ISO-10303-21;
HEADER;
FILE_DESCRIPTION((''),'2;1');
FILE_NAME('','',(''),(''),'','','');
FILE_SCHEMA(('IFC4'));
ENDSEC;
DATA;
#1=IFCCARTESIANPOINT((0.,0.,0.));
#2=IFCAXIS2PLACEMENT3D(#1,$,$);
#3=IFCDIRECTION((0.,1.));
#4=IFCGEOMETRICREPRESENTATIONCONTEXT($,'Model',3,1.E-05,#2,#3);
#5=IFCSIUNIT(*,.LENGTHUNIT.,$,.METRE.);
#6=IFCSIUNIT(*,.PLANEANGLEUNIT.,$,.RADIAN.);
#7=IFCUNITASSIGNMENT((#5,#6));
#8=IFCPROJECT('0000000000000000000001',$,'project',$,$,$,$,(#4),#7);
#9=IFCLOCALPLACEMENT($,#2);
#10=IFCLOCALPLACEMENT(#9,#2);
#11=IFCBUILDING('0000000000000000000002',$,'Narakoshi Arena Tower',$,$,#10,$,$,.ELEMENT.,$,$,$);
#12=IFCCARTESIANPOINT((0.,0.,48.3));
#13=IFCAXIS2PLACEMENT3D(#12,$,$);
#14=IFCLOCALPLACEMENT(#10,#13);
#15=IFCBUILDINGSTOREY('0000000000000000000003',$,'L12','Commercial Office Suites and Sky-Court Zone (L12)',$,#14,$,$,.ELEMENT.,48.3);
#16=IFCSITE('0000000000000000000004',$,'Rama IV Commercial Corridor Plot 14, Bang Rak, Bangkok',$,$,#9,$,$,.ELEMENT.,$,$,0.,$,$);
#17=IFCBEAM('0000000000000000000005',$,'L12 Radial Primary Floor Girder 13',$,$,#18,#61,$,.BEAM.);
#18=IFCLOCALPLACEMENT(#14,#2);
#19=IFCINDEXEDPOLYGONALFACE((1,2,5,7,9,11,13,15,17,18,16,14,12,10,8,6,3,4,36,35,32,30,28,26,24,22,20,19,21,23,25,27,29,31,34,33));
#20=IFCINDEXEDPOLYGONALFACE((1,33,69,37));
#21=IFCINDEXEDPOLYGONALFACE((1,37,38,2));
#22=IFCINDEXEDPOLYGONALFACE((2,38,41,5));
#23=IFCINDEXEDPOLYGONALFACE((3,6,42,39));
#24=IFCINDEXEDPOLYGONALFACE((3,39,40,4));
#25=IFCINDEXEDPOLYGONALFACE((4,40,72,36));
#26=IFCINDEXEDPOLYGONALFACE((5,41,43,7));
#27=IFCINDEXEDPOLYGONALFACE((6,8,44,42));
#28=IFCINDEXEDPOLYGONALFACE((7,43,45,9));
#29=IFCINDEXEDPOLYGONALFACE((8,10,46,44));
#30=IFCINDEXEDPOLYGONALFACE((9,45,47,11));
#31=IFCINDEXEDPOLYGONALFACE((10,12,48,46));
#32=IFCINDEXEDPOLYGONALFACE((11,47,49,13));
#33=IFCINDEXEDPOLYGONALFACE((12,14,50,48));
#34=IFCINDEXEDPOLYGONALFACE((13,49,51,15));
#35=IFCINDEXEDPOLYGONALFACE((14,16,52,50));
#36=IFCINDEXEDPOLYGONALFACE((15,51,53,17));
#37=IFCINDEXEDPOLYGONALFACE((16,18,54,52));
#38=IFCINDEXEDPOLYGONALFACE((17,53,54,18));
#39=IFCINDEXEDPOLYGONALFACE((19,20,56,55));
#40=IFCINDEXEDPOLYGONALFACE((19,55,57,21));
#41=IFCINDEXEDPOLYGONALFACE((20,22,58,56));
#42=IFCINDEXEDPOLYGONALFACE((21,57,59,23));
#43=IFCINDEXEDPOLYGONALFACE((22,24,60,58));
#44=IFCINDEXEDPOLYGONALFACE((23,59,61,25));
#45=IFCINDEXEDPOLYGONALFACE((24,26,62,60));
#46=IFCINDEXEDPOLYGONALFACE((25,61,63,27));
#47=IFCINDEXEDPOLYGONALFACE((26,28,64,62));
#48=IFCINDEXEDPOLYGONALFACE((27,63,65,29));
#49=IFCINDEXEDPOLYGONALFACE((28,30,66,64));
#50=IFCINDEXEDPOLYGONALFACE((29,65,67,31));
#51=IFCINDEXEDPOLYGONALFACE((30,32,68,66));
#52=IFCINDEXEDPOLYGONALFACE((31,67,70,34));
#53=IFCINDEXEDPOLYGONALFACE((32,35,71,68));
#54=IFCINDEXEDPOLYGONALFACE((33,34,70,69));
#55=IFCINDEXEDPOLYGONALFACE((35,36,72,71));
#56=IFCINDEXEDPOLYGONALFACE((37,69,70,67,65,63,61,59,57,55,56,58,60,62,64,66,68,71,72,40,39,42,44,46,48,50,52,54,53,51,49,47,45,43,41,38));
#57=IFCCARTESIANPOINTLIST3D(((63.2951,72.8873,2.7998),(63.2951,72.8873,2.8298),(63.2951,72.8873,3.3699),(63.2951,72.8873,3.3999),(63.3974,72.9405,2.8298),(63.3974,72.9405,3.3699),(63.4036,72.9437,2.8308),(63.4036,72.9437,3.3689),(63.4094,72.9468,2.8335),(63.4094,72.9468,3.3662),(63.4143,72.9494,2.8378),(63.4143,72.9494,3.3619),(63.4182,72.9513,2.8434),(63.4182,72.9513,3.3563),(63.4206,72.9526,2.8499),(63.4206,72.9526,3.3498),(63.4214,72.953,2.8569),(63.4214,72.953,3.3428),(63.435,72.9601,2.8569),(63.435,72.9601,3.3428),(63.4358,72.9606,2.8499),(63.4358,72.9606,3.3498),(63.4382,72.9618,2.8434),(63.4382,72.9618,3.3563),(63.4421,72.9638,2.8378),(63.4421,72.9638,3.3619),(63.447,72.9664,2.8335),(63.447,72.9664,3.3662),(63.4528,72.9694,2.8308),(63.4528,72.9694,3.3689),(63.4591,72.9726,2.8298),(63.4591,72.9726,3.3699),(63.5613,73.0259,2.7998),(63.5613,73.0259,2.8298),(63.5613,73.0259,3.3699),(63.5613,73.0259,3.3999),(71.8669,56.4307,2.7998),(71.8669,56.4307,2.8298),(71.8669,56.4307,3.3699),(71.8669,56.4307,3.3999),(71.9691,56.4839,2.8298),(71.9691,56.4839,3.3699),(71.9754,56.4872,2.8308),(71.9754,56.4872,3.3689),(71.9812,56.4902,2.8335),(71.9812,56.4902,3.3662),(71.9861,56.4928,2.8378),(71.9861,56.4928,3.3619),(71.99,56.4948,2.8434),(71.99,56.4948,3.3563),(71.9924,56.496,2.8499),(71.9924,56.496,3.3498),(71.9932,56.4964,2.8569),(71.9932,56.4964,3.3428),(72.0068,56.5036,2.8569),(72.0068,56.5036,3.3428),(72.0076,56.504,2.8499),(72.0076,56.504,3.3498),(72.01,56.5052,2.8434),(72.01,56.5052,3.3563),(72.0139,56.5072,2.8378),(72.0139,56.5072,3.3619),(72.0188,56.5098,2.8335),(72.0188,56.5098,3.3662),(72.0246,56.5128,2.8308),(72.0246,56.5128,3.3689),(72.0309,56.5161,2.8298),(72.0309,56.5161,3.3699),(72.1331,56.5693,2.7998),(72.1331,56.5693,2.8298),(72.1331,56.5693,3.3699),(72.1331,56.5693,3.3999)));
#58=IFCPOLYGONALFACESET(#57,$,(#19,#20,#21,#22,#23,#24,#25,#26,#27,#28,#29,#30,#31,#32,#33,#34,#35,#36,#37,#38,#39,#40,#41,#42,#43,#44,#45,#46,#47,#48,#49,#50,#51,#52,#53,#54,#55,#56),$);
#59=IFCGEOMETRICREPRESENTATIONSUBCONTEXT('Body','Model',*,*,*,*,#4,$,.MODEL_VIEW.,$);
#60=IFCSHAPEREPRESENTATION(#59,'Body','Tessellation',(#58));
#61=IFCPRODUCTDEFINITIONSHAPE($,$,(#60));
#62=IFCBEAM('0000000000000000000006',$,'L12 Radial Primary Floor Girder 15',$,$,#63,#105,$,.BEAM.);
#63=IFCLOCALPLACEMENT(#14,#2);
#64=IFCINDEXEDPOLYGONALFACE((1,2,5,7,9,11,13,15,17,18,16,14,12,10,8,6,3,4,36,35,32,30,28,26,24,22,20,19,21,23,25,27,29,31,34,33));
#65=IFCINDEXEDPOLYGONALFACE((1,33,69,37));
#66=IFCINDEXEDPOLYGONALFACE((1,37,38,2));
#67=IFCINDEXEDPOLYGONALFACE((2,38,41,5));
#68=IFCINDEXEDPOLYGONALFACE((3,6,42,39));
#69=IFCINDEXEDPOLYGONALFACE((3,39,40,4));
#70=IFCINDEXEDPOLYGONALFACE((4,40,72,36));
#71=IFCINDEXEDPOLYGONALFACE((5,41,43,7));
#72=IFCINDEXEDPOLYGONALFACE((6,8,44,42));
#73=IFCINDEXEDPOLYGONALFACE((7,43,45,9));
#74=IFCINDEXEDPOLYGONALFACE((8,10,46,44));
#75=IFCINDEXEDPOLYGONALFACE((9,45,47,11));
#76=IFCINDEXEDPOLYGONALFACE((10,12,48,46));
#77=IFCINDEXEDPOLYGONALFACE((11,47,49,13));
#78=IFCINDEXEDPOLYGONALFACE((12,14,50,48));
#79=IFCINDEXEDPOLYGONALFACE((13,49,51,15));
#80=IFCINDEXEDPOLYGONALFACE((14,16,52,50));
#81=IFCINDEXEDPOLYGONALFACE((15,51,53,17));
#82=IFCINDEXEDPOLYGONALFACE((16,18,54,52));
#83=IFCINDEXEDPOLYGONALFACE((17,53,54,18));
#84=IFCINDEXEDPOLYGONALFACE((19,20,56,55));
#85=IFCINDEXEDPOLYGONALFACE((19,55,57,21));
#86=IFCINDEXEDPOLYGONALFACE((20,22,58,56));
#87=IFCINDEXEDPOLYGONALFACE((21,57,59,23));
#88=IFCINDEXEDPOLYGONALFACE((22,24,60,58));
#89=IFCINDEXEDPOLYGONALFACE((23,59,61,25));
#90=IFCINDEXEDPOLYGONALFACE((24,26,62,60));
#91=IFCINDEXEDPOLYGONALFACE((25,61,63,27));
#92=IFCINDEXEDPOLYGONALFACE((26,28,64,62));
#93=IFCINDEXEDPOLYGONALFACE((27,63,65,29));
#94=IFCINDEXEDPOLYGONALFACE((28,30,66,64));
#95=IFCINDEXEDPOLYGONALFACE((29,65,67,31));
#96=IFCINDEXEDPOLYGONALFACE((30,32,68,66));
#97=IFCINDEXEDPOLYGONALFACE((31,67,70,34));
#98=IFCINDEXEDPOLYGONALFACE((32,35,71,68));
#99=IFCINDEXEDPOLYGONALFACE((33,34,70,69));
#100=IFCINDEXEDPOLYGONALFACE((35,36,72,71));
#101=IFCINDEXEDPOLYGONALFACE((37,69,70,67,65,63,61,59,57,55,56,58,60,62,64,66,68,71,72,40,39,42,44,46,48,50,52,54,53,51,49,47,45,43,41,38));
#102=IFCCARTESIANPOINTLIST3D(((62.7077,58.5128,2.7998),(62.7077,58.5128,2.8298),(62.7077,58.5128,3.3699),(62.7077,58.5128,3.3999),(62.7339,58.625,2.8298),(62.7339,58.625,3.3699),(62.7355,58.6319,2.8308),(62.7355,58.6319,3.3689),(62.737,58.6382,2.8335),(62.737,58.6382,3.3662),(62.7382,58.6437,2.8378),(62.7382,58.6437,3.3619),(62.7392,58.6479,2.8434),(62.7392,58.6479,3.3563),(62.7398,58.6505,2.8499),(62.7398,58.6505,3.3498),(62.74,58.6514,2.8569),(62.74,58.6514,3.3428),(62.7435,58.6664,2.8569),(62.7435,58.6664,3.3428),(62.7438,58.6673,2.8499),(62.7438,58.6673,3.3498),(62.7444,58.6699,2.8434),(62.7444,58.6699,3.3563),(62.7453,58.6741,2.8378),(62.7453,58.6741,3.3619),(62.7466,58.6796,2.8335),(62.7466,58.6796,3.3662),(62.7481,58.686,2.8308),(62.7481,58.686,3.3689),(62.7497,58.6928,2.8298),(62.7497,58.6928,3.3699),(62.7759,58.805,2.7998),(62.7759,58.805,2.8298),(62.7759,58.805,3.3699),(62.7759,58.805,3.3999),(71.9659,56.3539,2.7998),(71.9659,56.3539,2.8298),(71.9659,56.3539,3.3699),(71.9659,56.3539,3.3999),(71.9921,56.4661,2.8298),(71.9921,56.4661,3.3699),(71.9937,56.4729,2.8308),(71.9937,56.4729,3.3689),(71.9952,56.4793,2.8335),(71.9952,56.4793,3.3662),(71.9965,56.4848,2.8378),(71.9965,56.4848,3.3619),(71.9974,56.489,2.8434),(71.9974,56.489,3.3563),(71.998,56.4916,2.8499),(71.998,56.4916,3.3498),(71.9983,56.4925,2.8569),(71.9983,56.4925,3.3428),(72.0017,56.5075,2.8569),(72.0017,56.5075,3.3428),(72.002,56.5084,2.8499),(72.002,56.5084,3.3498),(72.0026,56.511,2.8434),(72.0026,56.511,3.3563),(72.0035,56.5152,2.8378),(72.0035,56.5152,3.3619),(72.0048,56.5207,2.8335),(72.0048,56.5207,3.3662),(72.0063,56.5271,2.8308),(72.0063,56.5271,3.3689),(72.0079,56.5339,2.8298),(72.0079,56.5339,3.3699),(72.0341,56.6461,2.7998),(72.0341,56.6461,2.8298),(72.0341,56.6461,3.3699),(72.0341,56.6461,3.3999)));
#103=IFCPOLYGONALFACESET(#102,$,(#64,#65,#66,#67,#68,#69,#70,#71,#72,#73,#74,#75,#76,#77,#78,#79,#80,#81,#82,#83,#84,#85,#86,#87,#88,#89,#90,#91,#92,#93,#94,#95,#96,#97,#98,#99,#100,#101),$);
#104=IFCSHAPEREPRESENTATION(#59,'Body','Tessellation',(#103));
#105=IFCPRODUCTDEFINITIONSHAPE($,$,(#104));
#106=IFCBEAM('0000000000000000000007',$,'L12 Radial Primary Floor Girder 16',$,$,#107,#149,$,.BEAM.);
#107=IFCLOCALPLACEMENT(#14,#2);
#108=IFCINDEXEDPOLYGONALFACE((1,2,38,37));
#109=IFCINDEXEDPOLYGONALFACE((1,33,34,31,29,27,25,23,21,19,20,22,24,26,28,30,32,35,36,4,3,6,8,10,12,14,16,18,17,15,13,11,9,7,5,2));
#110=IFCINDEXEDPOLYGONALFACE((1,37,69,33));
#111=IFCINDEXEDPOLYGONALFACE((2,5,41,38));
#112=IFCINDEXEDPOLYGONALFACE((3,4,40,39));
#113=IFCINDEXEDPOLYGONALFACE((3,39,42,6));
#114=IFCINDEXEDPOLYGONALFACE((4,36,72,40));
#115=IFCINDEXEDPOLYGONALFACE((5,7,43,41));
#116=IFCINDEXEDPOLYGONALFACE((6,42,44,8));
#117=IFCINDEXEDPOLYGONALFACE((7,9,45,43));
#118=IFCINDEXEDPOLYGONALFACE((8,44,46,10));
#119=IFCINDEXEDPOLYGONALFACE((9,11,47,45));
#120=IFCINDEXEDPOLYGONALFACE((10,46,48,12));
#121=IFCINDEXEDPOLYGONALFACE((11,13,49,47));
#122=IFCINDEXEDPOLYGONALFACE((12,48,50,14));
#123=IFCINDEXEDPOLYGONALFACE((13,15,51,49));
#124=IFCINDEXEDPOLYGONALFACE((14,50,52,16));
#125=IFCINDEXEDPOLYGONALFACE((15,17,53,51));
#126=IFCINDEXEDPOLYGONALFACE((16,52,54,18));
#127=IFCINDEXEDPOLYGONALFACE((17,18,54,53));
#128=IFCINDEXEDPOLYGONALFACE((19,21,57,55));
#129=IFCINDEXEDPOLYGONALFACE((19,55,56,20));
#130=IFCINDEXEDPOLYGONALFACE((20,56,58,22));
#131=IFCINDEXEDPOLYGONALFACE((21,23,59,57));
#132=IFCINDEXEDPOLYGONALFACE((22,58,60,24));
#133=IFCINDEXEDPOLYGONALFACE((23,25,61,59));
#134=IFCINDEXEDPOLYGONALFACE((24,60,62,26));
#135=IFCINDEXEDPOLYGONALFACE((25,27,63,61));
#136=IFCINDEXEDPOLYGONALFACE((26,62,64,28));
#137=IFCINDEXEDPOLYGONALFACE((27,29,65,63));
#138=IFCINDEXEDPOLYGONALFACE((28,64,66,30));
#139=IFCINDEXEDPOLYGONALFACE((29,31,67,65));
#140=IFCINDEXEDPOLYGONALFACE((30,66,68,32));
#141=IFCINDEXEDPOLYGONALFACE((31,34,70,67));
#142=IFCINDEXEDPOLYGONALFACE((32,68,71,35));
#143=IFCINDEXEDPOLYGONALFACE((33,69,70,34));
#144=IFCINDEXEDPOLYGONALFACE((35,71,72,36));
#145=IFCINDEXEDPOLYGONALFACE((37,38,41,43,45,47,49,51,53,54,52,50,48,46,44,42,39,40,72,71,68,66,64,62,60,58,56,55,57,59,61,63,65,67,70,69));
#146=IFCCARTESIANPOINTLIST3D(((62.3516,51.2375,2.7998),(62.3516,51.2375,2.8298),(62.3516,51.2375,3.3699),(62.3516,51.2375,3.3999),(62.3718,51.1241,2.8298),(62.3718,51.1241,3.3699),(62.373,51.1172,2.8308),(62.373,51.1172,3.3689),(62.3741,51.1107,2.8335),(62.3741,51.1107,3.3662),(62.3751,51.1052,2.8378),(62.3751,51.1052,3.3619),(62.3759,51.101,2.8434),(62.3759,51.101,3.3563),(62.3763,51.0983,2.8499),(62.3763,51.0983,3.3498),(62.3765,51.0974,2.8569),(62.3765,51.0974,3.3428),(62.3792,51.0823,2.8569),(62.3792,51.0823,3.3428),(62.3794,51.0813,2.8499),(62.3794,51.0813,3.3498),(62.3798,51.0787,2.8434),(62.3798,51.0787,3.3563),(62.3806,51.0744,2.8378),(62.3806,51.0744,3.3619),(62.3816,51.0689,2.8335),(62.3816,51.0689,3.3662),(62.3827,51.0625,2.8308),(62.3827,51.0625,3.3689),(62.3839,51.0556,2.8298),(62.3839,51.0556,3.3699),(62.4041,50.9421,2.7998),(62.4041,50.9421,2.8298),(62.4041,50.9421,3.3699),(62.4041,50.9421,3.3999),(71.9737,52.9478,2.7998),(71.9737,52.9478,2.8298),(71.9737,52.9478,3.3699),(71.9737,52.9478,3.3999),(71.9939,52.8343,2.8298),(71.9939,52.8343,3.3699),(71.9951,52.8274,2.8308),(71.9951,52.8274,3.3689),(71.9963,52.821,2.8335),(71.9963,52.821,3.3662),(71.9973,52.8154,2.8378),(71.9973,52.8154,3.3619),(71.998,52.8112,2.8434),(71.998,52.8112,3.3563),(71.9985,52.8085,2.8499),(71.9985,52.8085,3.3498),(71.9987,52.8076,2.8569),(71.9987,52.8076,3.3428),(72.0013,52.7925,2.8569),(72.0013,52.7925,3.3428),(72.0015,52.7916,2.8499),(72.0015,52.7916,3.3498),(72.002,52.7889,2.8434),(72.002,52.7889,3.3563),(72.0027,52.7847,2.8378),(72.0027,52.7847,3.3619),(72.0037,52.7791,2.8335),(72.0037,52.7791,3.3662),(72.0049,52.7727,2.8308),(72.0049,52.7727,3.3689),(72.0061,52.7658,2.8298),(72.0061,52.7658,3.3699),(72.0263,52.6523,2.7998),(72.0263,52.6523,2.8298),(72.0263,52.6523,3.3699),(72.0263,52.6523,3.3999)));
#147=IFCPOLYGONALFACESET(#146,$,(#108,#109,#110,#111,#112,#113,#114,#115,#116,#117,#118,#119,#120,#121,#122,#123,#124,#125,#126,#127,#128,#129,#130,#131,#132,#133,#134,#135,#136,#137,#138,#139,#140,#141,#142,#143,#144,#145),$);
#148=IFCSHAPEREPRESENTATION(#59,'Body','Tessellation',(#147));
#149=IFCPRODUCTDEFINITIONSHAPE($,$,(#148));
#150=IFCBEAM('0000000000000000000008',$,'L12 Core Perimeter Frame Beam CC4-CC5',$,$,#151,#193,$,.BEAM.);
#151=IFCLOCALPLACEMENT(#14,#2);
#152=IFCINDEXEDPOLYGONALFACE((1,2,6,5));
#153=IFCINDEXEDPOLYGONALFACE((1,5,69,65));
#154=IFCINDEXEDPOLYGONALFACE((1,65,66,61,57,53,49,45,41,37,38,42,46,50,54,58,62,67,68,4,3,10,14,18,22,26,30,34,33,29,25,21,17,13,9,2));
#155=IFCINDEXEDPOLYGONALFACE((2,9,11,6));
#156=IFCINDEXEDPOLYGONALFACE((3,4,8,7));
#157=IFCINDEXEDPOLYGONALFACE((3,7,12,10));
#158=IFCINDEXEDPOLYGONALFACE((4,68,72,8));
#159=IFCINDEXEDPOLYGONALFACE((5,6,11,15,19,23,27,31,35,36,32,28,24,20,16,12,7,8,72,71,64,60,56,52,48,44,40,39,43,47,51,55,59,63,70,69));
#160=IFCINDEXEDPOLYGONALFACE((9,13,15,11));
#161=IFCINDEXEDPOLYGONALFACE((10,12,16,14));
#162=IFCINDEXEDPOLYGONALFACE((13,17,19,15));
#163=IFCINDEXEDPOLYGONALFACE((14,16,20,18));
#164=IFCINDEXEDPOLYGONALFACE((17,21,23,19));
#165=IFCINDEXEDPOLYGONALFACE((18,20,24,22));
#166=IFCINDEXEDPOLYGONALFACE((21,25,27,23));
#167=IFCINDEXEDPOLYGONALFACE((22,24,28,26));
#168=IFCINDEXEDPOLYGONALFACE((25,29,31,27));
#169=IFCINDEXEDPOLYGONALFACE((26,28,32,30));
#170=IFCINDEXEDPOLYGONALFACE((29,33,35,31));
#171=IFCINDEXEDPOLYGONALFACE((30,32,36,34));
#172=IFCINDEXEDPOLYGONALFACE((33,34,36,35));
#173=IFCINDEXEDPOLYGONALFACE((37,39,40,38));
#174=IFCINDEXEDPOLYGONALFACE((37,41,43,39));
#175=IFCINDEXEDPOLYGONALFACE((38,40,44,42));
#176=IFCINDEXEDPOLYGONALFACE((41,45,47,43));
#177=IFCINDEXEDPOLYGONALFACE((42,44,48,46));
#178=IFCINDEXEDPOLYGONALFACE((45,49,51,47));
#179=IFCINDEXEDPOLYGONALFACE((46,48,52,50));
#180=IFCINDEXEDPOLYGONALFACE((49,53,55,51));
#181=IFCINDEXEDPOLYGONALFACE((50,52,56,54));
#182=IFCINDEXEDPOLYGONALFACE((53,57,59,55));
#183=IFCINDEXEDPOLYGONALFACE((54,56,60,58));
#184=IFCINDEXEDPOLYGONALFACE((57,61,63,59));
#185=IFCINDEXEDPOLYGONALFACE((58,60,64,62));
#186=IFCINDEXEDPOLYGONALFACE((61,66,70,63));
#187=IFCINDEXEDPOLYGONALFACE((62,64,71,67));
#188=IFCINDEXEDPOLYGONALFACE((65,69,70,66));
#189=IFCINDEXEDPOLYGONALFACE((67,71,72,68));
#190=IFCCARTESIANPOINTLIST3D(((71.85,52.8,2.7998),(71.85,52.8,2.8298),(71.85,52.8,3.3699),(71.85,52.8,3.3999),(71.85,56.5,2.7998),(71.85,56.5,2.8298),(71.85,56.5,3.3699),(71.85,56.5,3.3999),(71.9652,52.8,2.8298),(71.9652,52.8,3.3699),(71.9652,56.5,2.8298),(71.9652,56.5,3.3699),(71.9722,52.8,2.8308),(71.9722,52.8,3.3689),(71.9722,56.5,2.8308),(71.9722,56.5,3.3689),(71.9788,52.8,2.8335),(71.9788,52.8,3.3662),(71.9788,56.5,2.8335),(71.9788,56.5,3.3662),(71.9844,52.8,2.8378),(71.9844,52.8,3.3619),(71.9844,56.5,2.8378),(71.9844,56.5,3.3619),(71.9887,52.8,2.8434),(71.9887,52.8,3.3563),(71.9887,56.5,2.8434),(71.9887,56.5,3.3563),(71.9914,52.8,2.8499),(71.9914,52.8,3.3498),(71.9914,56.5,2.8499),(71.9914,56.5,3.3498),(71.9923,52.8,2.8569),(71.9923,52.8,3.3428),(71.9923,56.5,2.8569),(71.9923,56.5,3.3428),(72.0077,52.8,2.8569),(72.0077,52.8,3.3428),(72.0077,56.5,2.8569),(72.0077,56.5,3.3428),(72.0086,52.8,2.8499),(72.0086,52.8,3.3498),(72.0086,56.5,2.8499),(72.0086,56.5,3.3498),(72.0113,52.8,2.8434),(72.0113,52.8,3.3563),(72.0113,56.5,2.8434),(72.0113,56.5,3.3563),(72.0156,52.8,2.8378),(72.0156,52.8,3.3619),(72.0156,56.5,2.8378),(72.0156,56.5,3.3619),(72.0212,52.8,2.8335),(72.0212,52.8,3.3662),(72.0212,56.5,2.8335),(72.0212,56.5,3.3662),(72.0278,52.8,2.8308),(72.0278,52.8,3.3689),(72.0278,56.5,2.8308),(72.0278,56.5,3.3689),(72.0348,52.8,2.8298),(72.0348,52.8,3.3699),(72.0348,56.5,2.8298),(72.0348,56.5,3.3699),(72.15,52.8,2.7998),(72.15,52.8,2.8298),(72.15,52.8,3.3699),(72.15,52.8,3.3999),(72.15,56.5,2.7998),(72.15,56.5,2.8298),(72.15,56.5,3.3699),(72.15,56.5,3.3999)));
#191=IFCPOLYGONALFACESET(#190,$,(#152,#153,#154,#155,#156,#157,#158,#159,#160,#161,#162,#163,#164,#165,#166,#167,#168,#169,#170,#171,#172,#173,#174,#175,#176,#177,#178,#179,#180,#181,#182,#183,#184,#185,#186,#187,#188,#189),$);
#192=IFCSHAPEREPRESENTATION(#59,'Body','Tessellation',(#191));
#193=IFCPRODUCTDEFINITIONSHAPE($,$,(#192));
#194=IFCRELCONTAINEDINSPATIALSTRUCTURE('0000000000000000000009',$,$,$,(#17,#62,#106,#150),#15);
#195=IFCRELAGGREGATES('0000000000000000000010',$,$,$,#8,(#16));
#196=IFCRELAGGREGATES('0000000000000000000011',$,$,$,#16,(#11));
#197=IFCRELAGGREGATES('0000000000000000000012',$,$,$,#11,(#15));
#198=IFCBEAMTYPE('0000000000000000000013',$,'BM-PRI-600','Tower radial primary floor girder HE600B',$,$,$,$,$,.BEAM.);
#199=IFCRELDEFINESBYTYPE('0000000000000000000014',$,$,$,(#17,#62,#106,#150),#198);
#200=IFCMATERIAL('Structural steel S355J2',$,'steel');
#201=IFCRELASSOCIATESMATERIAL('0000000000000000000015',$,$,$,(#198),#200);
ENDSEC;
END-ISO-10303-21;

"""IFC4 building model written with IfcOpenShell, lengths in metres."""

from ifc_helpers import new_model, si_unit, direction, frame, origin, origin_2d, place, context, subcontext, project, spatial, i_section, extrude, material, material_profile, profile_set, type_object, element, save


model = new_model("IFC4")

# Units and contexts
model_context = context("Model", 3, precision=1e-05, world=origin(), true_north=direction((0.0, 1.0)))
body_context = subcontext(model_context, "Body", "Model", "MODEL_VIEW")
ifc_project = project(units=[si_unit("LENGTHUNIT", "METRE"), si_unit("PLANEANGLEUNIT", "RADIAN")], contexts=[model_context])

# Site, building, storey
site_placement = place(None, origin())
site = spatial("IfcSite", under=ifc_project, at=site_placement, Name="Rama IV Commercial Corridor Plot 14, Bang Rak, Bangkok", CompositionType="ELEMENT", RefElevation=0.0)
building_placement = place(site_placement, origin())
building = spatial("IfcBuilding", under=site, at=building_placement, Name="Narakoshi Arena Tower", CompositionType="ELEMENT")
storey_placement = place(building_placement, frame((0.0, 0.0, 48.3)))
storey = spatial("IfcBuildingStorey", under=building, at=storey_placement, Name="L12", Description="Commercial Office Suites and Sky-Court Zone (L12)", CompositionType="ELEMENT", Elevation=48.3)

# Beams
ifc_material_1 = material(Name="Structural steel S355J2", Category="steel")
ifc_material_profile_1 = material_profile(ifc_material_1, i_section(OverallWidth=0.3, OverallDepth=0.6001, WebThickness=0.0154, FlangeThickness=0.03, FilletRadius=0.0271, at=origin_2d()), Name="HE600B")
ifc_profile_set_1 = profile_set([ifc_material_profile_1], Name="Structural steel S355J2")
beam_type_1 = type_object("IfcBeamType", Name="BM-PRI-600", Description="Tower radial primary floor girder HE600B", PredefinedType="BEAM", material=ifc_profile_set_1)
beam_1_placement = place(storey_placement, frame((72.0, 56.5, 3.0999), z_axis=(-0.461962, 0.886899, 0.0), x_axis=(-0.886899, -0.461962, 0.0)))
element("IfcBeam", 1, at=beam_1_placement, inside=storey, type_object=beam_type_1, Name="L12 Radial Primary Floor Girder 13", PredefinedType="BEAM", context=body_context, shape_type="SweptSolid", body=[
    extrude(i_section(OverallWidth=0.3, OverallDepth=0.6001, WebThickness=0.0154, FlangeThickness=0.03, FilletRadius=0.0271, at=origin_2d()), origin(), (0.0, 0.0, 1.0), 18.5552),
])
beam_2_placement = place(storey_placement, frame((72.0, 56.5, 3.0999), z_axis=(-0.973872, 0.227096, 0.0), x_axis=(-0.227096, -0.973872, 0.0)))
element("IfcBeam", 2, at=beam_2_placement, inside=storey, type_object=beam_type_1, Name="L12 Radial Primary Floor Girder 15", PredefinedType="BEAM", context=body_context, shape_type="SweptSolid", body=[
    extrude(i_section(OverallWidth=0.3, OverallDepth=0.6001, WebThickness=0.0154, FlangeThickness=0.03, FilletRadius=0.0271, at=origin_2d()), origin(), (0.0, 0.0, 1.0), 9.5066),
])
beam_3_placement = place(storey_placement, frame((72.0, 52.8, 3.0999), z_axis=(-0.984569, -0.174995, 0.0), x_axis=(0.174995, -0.984569, 0.0)))
element("IfcBeam", 3, at=beam_3_placement, inside=storey, type_object=beam_type_1, Name="L12 Radial Primary Floor Girder 16", PredefinedType="BEAM", context=body_context, shape_type="SweptSolid", body=[
    extrude(i_section(OverallWidth=0.3, OverallDepth=0.6001, WebThickness=0.0154, FlangeThickness=0.03, FilletRadius=0.0271, at=origin_2d()), origin(), (0.0, 0.0, 1.0), 9.7729),
])
beam_4_placement = place(storey_placement, frame((72.0, 52.8, 3.0999), z_axis=(0.0, 1.0, 0.0), x_axis=(-1.0, 0.0, 0.0)))
element("IfcBeam", 4, at=beam_4_placement, inside=storey, type_object=beam_type_1, Name="L12 Core Perimeter Frame Beam CC4-CC5", PredefinedType="BEAM", context=body_context, shape_type="SweptSolid", body=[
    extrude(i_section(OverallWidth=0.3, OverallDepth=0.6001, WebThickness=0.0154, FlangeThickness=0.03, FilletRadius=0.0271, at=origin_2d()), origin(), (0.0, 0.0, 1.0), 3.7),
])

save(model, "model.ifc")
